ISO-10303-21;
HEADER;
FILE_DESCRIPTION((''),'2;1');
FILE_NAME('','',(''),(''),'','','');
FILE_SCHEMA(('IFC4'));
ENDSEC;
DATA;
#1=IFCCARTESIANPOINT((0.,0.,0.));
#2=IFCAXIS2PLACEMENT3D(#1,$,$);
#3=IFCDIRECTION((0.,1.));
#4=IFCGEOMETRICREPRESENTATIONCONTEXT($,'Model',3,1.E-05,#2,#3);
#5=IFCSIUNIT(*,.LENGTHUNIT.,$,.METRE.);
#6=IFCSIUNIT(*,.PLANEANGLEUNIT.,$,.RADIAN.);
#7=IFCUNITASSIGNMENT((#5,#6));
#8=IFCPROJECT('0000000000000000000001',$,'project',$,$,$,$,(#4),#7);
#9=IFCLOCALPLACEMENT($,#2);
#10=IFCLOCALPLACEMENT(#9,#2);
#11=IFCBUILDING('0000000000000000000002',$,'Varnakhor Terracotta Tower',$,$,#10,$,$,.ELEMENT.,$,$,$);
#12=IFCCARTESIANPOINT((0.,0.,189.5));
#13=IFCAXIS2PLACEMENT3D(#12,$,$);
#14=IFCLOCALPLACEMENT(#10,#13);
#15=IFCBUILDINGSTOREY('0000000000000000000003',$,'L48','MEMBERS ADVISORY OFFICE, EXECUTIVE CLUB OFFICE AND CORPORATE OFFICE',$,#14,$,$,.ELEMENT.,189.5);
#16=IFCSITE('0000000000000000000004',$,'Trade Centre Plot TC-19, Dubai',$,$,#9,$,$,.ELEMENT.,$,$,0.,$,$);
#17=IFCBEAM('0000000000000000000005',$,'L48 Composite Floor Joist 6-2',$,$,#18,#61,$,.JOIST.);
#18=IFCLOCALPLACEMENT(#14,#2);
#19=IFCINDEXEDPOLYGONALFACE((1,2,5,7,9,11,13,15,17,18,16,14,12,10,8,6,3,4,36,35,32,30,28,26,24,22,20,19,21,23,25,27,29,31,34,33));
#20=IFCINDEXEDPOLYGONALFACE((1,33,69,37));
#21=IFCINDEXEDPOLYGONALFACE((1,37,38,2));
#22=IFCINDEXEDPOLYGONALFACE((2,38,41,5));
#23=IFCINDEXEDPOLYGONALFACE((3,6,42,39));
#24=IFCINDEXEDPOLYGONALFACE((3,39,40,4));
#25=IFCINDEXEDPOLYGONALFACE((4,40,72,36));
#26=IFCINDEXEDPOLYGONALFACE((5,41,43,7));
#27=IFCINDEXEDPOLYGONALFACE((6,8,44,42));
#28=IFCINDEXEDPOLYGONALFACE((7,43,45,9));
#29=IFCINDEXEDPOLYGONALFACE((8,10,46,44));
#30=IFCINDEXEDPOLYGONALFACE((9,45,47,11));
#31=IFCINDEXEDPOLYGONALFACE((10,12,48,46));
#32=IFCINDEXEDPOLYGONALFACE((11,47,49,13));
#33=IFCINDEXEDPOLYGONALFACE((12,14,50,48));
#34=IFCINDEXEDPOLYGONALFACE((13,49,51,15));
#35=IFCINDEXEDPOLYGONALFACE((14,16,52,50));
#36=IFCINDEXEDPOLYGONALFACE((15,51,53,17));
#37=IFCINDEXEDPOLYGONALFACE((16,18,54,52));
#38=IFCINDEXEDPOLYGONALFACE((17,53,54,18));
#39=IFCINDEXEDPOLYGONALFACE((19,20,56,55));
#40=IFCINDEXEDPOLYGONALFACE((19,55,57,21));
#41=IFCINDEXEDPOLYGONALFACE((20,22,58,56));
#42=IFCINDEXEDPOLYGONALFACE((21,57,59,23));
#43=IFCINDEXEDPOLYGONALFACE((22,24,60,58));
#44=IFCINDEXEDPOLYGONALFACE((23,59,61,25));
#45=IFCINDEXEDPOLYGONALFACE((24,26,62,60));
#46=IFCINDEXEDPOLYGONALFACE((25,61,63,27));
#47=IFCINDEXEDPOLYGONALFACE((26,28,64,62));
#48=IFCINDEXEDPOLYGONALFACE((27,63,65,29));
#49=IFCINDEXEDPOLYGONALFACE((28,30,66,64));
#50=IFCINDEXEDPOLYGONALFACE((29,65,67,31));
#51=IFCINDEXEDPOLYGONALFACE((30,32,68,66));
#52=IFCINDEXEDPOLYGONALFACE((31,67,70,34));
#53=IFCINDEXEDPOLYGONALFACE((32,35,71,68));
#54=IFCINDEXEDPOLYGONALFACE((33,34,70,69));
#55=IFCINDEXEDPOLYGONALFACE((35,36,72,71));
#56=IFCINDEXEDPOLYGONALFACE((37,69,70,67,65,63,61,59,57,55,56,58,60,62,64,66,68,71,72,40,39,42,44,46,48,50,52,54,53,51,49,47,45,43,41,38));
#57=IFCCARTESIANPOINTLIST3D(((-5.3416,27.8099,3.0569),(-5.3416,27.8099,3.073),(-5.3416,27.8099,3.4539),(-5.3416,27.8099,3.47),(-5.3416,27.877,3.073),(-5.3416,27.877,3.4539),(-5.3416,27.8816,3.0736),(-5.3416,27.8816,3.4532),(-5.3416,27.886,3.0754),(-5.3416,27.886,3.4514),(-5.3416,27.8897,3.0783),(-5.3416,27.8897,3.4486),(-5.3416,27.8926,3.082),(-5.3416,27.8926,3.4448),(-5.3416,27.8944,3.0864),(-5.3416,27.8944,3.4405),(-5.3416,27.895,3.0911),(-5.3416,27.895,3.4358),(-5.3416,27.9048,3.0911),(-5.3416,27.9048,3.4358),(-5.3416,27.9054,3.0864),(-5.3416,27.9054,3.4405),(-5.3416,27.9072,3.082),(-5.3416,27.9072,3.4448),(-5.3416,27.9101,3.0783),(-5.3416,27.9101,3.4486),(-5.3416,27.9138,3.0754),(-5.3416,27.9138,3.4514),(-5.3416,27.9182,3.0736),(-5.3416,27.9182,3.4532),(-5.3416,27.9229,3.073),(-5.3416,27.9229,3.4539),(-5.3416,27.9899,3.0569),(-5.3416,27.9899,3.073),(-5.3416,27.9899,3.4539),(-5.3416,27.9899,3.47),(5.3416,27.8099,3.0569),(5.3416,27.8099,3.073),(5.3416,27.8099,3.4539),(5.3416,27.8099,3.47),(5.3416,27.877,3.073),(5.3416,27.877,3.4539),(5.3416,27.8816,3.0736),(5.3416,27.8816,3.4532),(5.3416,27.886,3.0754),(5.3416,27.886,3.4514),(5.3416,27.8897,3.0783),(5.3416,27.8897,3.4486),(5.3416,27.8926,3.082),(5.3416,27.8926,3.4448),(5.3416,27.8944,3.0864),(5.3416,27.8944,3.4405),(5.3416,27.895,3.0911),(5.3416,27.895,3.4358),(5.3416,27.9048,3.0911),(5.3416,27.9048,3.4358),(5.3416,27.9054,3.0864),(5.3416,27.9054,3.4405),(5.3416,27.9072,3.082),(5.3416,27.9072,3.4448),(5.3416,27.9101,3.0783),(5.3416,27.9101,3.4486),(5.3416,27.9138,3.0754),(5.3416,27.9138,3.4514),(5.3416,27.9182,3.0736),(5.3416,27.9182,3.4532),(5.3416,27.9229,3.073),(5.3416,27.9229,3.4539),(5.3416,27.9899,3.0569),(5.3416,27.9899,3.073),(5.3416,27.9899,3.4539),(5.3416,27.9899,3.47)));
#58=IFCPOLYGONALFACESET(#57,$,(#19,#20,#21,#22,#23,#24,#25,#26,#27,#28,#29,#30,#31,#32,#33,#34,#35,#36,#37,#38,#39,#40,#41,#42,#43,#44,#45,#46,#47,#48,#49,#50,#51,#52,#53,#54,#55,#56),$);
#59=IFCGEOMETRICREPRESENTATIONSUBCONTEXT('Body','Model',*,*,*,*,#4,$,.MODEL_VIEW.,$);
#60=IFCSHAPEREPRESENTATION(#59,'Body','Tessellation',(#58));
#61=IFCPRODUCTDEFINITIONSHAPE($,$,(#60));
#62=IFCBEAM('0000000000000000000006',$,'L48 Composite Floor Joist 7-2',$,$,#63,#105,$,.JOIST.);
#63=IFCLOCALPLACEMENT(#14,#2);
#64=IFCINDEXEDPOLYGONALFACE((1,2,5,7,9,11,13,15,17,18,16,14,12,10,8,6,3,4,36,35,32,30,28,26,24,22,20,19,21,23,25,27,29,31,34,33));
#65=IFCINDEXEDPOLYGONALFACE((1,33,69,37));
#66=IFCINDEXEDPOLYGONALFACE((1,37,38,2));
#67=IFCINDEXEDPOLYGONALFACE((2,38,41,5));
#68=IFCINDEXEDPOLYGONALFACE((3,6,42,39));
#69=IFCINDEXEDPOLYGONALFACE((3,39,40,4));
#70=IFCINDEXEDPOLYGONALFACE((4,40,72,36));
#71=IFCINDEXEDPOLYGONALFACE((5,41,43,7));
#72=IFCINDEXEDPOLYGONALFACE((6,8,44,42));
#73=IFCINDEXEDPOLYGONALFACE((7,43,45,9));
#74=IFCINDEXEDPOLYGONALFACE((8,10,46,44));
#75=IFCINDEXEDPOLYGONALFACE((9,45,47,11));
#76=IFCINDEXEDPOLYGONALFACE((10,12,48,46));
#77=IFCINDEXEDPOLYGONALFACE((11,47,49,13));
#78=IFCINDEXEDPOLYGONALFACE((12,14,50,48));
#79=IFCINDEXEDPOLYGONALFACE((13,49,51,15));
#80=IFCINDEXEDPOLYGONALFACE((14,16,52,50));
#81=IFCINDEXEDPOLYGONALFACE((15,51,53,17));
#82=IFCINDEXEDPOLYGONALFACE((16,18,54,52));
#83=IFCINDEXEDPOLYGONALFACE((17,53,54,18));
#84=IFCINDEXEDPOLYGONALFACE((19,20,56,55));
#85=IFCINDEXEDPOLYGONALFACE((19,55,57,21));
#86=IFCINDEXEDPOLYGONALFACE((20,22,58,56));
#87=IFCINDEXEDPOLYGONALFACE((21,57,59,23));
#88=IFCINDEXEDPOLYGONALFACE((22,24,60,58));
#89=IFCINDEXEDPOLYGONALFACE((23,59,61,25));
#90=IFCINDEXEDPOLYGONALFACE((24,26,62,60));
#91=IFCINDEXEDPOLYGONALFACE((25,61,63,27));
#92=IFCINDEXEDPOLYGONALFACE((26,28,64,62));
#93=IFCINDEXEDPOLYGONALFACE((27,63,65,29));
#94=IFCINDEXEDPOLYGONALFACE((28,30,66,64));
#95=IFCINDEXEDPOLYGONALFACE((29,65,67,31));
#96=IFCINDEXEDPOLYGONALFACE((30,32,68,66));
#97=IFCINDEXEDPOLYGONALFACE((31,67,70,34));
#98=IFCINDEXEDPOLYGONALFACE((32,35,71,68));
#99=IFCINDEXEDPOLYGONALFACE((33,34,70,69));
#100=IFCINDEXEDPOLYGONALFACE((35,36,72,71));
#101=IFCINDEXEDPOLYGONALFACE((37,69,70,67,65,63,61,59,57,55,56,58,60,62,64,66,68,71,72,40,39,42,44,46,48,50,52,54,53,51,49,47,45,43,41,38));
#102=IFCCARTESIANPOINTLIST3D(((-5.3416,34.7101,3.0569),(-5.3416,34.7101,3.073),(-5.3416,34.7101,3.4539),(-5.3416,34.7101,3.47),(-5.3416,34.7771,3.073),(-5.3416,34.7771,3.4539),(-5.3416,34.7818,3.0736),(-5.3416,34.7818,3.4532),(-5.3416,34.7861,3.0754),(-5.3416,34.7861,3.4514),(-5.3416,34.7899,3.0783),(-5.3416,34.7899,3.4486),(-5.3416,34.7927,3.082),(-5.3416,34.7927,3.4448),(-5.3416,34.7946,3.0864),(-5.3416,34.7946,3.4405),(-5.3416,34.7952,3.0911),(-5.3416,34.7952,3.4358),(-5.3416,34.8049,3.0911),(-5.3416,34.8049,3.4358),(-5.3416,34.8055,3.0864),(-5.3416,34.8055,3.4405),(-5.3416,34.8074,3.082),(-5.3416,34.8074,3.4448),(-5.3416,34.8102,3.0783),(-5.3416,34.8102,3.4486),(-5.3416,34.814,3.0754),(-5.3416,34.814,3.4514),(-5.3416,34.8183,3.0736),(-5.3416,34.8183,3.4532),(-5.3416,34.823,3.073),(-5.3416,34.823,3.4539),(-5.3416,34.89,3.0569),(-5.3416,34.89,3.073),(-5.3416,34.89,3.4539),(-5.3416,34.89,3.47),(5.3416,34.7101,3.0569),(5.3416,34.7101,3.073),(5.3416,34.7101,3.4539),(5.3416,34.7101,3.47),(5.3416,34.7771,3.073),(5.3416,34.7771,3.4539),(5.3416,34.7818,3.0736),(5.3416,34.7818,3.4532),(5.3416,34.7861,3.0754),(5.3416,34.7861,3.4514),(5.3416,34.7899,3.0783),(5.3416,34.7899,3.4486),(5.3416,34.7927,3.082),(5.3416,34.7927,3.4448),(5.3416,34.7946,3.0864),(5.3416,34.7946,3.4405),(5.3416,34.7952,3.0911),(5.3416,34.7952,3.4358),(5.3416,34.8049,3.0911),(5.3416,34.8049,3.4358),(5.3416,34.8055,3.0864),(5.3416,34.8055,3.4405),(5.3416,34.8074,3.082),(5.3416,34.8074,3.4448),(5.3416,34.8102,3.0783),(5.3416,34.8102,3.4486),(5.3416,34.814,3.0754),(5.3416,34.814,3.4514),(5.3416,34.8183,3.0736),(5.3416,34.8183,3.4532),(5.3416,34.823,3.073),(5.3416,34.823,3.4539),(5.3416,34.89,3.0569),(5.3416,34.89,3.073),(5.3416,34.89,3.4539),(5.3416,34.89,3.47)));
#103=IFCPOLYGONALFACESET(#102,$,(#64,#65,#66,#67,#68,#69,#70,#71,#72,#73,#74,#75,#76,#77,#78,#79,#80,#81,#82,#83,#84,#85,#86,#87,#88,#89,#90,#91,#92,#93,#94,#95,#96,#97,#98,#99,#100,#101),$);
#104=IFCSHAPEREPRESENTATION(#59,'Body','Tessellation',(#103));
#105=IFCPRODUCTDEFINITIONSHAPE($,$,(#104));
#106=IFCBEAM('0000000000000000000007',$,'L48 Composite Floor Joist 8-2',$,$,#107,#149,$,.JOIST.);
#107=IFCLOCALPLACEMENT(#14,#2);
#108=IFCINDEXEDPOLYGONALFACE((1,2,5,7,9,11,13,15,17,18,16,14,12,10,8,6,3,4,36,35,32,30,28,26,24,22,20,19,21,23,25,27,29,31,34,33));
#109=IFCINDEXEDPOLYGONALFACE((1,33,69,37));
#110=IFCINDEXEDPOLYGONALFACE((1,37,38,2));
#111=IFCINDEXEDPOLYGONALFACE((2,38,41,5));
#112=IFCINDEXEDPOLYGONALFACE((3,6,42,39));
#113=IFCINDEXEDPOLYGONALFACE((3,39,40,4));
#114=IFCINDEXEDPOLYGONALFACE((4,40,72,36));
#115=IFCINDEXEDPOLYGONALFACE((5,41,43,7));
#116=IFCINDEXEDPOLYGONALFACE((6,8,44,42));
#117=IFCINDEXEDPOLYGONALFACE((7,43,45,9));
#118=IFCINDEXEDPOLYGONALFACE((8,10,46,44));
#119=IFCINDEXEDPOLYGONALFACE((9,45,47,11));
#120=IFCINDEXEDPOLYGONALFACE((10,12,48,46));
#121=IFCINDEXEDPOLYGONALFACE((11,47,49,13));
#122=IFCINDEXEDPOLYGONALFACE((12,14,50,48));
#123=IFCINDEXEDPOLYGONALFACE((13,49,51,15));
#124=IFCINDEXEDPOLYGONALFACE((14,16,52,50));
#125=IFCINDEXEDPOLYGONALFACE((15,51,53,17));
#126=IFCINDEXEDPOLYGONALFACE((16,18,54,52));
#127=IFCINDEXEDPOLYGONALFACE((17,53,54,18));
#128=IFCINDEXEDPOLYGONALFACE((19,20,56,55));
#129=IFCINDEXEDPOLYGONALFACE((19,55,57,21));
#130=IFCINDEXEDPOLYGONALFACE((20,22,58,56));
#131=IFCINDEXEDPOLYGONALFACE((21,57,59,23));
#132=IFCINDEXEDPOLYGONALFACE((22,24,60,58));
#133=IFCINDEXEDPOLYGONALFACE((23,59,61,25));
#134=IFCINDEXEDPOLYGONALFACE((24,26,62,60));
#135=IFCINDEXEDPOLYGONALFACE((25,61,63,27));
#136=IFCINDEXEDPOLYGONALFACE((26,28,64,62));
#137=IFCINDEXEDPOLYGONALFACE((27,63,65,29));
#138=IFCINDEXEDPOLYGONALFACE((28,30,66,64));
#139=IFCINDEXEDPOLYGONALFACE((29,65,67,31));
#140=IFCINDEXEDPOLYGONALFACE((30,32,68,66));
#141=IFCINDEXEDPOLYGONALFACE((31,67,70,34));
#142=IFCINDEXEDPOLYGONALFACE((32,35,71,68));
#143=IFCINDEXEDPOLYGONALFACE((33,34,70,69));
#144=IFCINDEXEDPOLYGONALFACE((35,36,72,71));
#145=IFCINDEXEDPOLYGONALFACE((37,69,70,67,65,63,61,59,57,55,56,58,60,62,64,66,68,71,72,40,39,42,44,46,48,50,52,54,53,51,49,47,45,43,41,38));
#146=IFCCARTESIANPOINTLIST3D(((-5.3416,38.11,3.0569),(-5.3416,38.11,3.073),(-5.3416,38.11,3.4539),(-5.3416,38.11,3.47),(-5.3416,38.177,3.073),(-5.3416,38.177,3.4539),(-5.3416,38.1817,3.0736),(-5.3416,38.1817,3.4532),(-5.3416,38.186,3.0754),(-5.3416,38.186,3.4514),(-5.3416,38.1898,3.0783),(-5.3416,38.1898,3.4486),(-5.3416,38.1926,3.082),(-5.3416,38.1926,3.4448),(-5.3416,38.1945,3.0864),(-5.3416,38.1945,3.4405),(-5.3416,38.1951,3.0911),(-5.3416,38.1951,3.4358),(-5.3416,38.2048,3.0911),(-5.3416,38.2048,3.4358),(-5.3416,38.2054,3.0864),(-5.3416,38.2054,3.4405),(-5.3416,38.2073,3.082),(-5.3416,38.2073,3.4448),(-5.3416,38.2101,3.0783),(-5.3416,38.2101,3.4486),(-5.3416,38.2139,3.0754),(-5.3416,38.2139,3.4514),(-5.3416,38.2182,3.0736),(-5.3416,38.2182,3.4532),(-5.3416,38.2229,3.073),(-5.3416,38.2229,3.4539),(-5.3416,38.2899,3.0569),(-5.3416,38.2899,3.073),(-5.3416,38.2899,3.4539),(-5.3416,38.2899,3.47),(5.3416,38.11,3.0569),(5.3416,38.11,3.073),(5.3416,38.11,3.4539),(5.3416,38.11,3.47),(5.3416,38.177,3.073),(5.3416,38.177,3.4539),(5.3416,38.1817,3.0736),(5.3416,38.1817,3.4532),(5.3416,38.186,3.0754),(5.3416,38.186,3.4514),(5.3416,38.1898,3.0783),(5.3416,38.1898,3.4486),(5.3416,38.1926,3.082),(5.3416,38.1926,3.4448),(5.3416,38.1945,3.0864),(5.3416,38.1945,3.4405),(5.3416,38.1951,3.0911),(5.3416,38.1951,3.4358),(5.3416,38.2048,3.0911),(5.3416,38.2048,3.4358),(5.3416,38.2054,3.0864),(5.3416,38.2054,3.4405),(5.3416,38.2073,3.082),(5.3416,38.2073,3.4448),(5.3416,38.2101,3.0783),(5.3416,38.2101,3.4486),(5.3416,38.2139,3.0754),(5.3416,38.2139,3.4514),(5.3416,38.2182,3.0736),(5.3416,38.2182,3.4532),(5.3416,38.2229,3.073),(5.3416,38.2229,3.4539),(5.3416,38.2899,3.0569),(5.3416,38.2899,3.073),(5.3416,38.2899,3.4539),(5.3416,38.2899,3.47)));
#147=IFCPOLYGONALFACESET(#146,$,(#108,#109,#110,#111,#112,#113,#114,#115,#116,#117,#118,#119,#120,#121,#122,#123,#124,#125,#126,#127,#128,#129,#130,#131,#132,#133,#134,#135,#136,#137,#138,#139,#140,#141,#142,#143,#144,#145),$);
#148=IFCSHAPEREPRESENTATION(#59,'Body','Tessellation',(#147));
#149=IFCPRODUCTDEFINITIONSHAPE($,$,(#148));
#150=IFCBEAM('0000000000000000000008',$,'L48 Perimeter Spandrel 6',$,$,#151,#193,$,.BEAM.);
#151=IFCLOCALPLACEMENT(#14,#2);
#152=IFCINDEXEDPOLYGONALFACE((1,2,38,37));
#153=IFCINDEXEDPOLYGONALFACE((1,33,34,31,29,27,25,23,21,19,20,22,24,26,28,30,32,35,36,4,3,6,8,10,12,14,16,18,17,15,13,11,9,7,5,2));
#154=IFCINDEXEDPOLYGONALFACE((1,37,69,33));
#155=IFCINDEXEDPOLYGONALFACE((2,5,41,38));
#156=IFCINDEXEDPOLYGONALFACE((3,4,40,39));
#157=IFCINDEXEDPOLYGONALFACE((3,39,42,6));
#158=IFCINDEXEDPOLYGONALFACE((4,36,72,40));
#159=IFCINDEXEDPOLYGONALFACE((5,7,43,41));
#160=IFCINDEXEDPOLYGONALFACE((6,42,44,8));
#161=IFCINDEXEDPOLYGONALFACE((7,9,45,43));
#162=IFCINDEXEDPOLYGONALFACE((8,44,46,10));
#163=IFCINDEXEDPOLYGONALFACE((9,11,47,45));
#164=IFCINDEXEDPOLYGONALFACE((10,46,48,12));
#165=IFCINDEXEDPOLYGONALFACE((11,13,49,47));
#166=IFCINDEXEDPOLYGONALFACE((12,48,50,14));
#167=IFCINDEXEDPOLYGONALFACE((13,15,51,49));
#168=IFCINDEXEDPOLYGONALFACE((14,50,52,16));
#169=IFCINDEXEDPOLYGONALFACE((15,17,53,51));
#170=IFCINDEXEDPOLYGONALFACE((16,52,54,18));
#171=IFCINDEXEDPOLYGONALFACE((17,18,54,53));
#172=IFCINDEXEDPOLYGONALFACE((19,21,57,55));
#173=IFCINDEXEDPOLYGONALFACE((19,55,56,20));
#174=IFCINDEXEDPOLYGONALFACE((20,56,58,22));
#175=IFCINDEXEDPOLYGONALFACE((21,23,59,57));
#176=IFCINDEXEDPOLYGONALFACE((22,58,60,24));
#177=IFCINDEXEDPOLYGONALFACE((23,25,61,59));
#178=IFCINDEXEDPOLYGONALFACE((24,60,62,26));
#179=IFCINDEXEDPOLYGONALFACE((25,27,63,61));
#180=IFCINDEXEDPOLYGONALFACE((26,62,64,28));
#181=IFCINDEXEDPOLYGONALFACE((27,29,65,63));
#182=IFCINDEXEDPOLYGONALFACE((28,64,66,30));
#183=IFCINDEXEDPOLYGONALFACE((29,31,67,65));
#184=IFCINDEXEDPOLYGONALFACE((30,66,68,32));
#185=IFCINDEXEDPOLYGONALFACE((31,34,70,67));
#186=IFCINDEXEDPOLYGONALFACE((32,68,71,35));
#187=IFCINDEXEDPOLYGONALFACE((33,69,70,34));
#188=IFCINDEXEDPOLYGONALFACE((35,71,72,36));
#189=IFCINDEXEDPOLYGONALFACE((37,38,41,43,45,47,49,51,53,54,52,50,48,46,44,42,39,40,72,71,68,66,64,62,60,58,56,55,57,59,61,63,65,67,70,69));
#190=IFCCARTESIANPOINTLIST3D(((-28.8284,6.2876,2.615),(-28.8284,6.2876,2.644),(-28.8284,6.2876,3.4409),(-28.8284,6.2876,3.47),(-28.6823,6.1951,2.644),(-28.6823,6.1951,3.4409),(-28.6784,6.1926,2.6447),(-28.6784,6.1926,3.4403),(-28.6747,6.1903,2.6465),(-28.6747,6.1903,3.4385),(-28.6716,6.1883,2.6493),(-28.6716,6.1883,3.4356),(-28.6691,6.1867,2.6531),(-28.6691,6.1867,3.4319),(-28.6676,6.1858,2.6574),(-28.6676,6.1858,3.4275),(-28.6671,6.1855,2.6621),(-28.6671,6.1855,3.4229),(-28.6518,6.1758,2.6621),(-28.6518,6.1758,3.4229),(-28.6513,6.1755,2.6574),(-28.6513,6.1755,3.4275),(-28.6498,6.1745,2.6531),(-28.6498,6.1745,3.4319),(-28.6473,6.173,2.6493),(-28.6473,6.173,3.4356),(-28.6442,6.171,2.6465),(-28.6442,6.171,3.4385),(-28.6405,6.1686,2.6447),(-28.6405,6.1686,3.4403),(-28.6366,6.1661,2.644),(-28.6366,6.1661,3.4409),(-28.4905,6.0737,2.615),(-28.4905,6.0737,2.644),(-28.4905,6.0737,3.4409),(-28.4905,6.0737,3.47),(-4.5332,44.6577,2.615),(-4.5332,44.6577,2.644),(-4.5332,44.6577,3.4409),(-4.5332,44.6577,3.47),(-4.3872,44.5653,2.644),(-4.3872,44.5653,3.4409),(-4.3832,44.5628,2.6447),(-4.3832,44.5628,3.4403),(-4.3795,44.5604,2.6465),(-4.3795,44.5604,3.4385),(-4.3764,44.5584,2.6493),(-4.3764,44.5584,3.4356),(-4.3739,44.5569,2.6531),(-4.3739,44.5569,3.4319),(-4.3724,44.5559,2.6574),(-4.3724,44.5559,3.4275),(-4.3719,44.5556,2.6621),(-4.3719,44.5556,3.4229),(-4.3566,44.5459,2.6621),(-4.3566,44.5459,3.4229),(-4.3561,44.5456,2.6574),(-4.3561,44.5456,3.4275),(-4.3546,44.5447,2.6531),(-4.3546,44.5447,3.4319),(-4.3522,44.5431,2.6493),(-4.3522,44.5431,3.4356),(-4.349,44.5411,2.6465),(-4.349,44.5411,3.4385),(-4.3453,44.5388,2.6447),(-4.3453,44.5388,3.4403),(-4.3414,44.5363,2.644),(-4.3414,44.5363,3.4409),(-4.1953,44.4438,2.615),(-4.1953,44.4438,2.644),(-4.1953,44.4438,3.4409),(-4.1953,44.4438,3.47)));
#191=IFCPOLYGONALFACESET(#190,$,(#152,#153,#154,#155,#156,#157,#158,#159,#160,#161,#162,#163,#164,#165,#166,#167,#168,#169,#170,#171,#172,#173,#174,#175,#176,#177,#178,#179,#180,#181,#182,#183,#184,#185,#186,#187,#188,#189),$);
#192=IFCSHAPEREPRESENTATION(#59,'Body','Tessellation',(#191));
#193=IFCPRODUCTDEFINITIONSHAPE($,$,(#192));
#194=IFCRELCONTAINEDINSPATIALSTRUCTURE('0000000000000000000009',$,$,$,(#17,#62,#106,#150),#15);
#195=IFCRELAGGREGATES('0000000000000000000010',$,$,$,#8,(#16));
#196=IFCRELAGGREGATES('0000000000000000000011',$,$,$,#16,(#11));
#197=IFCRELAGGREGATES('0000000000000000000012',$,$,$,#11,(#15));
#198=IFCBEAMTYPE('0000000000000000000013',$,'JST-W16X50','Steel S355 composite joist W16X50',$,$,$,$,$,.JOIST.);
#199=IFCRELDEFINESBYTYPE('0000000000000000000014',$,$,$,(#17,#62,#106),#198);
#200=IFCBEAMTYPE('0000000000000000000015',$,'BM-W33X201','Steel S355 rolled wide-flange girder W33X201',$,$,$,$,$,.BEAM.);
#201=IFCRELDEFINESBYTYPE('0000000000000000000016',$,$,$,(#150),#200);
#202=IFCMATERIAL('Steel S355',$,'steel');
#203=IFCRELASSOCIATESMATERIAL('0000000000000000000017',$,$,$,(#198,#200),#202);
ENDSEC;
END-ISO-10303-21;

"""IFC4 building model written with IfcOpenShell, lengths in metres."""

from ifc_helpers import new_model, si_unit, direction, frame, origin, origin_2d, place, context, subcontext, project, spatial, i_section, extrude, source, transform, mapped, material, material_profile, profile_set, type_object, element, save


model = new_model("IFC4")

# Units and contexts
model_context = context("Model", 3, precision=1e-05, world=origin(), true_north=direction((0.0, 1.0)))
body_context = subcontext(model_context, "Body", "Model", "MODEL_VIEW")
ifc_project = project(units=[si_unit("LENGTHUNIT", "METRE"), si_unit("PLANEANGLEUNIT", "RADIAN")], contexts=[model_context])

# Site, building, storey
site_placement = place(None, origin())
site = spatial("IfcSite", under=ifc_project, at=site_placement, Name="Trade Centre Plot TC-19, Dubai", CompositionType="ELEMENT", RefElevation=0.0)
building_placement = place(site_placement, origin())
building = spatial("IfcBuilding", under=site, at=building_placement, Name="Varnakhor Terracotta Tower", CompositionType="ELEMENT")
storey_placement = place(building_placement, frame((0.0, 0.0, 189.5)))
storey = spatial("IfcBuildingStorey", under=building, at=storey_placement, Name="L48", Description="MEMBERS ADVISORY OFFICE, EXECUTIVE CLUB OFFICE AND CORPORATE OFFICE", CompositionType="ELEMENT", Elevation=189.5)

# Beams
ifc_material_1 = material(Name="Steel S355", Category="steel")
ifc_material_profile_1 = material_profile(ifc_material_1, i_section(OverallWidth=0.1799, OverallDepth=0.4131, WebThickness=0.0098, FlangeThickness=0.0161, FilletRadius=0.0181, at=origin_2d()), Name="W16X50")
ifc_profile_set_1 = profile_set([ifc_material_profile_1], Name="Steel S355")
beam_type_1 = type_object("IfcBeamType", Name="JST-W16X50", Description="Steel S355 composite joist W16X50", PredefinedType="JOIST", material=ifc_profile_set_1)
shared_shape_1 = source(origin(), body_context, "Body", "SweptSolid", [
    extrude(i_section(OverallWidth=0.1799, OverallDepth=0.4131, WebThickness=0.0098, FlangeThickness=0.0161, FilletRadius=0.0181, at=origin_2d()), origin(), (0.0, 0.0, 1.0), 10.6831),
])
for number, where, z_axis, x_axis, name in (
    (1, (-5.3416, 27.8999, 3.2634), (1.0, 0.0, 0.0), (0.0, 1.0, 0.0), "L48 Composite Floor Joist 6-2"),
    (2, (-5.3416, 34.8, 3.2634), (1.0, 0.0, 0.0), (0.0, 1.0, 0.0), "L48 Composite Floor Joist 7-2"),
    (3, (-5.3416, 38.2, 3.2634), (1.0, 0.0, 0.0), (0.0, 1.0, 0.0), "L48 Composite Floor Joist 8-2"),
):
    element("IfcBeam", number, at=place(storey_placement, frame(where, z_axis=z_axis, x_axis=x_axis)), inside=storey, type_object=beam_type_1, Name=name, PredefinedType="JOIST", context=body_context, shape_type="MappedRepresentation", body=[
        mapped(shared_shape_1, transform((0.0, 0.0, 0.0), scale=1.0)),
    ])
ifc_material_profile_2 = material_profile(ifc_material_1, i_section(OverallWidth=0.3999, OverallDepth=0.855, WebThickness=0.0181, FlangeThickness=0.0291, FilletRadius=0.0181, at=origin_2d()), Name="W33X201")
ifc_profile_set_2 = profile_set([ifc_material_profile_2], Name="Steel S355")
beam_type_2 = type_object("IfcBeamType", Name="BM-W33X201", Description="Steel S355 rolled wide-flange girder W33X201", PredefinedType="BEAM", material=ifc_profile_set_2)
shared_shape_2 = source(origin(), body_context, "Body", "SweptSolid", [
    extrude(i_section(OverallWidth=0.3999, OverallDepth=0.855, WebThickness=0.0181, FlangeThickness=0.0291, FilletRadius=0.0181, at=origin_2d()), origin(), (0.0, 0.0, 1.0), 45.415),
])
beam_1_placement = place(storey_placement, frame((-4.3643, 44.5508, 3.0425), z_axis=(-0.534959, -0.844878, 0.0), x_axis=(0.844878, -0.534959, 0.0)))
element("IfcBeam", 4, at=beam_1_placement, inside=storey, type_object=beam_type_2, Name="L48 Perimeter Spandrel 6", PredefinedType="BEAM", context=body_context, shape_type="MappedRepresentation", body=[
    mapped(shared_shape_2, transform((0.0, 0.0, 0.0), scale=1.0)),
])

save(model, "model.ifc")
